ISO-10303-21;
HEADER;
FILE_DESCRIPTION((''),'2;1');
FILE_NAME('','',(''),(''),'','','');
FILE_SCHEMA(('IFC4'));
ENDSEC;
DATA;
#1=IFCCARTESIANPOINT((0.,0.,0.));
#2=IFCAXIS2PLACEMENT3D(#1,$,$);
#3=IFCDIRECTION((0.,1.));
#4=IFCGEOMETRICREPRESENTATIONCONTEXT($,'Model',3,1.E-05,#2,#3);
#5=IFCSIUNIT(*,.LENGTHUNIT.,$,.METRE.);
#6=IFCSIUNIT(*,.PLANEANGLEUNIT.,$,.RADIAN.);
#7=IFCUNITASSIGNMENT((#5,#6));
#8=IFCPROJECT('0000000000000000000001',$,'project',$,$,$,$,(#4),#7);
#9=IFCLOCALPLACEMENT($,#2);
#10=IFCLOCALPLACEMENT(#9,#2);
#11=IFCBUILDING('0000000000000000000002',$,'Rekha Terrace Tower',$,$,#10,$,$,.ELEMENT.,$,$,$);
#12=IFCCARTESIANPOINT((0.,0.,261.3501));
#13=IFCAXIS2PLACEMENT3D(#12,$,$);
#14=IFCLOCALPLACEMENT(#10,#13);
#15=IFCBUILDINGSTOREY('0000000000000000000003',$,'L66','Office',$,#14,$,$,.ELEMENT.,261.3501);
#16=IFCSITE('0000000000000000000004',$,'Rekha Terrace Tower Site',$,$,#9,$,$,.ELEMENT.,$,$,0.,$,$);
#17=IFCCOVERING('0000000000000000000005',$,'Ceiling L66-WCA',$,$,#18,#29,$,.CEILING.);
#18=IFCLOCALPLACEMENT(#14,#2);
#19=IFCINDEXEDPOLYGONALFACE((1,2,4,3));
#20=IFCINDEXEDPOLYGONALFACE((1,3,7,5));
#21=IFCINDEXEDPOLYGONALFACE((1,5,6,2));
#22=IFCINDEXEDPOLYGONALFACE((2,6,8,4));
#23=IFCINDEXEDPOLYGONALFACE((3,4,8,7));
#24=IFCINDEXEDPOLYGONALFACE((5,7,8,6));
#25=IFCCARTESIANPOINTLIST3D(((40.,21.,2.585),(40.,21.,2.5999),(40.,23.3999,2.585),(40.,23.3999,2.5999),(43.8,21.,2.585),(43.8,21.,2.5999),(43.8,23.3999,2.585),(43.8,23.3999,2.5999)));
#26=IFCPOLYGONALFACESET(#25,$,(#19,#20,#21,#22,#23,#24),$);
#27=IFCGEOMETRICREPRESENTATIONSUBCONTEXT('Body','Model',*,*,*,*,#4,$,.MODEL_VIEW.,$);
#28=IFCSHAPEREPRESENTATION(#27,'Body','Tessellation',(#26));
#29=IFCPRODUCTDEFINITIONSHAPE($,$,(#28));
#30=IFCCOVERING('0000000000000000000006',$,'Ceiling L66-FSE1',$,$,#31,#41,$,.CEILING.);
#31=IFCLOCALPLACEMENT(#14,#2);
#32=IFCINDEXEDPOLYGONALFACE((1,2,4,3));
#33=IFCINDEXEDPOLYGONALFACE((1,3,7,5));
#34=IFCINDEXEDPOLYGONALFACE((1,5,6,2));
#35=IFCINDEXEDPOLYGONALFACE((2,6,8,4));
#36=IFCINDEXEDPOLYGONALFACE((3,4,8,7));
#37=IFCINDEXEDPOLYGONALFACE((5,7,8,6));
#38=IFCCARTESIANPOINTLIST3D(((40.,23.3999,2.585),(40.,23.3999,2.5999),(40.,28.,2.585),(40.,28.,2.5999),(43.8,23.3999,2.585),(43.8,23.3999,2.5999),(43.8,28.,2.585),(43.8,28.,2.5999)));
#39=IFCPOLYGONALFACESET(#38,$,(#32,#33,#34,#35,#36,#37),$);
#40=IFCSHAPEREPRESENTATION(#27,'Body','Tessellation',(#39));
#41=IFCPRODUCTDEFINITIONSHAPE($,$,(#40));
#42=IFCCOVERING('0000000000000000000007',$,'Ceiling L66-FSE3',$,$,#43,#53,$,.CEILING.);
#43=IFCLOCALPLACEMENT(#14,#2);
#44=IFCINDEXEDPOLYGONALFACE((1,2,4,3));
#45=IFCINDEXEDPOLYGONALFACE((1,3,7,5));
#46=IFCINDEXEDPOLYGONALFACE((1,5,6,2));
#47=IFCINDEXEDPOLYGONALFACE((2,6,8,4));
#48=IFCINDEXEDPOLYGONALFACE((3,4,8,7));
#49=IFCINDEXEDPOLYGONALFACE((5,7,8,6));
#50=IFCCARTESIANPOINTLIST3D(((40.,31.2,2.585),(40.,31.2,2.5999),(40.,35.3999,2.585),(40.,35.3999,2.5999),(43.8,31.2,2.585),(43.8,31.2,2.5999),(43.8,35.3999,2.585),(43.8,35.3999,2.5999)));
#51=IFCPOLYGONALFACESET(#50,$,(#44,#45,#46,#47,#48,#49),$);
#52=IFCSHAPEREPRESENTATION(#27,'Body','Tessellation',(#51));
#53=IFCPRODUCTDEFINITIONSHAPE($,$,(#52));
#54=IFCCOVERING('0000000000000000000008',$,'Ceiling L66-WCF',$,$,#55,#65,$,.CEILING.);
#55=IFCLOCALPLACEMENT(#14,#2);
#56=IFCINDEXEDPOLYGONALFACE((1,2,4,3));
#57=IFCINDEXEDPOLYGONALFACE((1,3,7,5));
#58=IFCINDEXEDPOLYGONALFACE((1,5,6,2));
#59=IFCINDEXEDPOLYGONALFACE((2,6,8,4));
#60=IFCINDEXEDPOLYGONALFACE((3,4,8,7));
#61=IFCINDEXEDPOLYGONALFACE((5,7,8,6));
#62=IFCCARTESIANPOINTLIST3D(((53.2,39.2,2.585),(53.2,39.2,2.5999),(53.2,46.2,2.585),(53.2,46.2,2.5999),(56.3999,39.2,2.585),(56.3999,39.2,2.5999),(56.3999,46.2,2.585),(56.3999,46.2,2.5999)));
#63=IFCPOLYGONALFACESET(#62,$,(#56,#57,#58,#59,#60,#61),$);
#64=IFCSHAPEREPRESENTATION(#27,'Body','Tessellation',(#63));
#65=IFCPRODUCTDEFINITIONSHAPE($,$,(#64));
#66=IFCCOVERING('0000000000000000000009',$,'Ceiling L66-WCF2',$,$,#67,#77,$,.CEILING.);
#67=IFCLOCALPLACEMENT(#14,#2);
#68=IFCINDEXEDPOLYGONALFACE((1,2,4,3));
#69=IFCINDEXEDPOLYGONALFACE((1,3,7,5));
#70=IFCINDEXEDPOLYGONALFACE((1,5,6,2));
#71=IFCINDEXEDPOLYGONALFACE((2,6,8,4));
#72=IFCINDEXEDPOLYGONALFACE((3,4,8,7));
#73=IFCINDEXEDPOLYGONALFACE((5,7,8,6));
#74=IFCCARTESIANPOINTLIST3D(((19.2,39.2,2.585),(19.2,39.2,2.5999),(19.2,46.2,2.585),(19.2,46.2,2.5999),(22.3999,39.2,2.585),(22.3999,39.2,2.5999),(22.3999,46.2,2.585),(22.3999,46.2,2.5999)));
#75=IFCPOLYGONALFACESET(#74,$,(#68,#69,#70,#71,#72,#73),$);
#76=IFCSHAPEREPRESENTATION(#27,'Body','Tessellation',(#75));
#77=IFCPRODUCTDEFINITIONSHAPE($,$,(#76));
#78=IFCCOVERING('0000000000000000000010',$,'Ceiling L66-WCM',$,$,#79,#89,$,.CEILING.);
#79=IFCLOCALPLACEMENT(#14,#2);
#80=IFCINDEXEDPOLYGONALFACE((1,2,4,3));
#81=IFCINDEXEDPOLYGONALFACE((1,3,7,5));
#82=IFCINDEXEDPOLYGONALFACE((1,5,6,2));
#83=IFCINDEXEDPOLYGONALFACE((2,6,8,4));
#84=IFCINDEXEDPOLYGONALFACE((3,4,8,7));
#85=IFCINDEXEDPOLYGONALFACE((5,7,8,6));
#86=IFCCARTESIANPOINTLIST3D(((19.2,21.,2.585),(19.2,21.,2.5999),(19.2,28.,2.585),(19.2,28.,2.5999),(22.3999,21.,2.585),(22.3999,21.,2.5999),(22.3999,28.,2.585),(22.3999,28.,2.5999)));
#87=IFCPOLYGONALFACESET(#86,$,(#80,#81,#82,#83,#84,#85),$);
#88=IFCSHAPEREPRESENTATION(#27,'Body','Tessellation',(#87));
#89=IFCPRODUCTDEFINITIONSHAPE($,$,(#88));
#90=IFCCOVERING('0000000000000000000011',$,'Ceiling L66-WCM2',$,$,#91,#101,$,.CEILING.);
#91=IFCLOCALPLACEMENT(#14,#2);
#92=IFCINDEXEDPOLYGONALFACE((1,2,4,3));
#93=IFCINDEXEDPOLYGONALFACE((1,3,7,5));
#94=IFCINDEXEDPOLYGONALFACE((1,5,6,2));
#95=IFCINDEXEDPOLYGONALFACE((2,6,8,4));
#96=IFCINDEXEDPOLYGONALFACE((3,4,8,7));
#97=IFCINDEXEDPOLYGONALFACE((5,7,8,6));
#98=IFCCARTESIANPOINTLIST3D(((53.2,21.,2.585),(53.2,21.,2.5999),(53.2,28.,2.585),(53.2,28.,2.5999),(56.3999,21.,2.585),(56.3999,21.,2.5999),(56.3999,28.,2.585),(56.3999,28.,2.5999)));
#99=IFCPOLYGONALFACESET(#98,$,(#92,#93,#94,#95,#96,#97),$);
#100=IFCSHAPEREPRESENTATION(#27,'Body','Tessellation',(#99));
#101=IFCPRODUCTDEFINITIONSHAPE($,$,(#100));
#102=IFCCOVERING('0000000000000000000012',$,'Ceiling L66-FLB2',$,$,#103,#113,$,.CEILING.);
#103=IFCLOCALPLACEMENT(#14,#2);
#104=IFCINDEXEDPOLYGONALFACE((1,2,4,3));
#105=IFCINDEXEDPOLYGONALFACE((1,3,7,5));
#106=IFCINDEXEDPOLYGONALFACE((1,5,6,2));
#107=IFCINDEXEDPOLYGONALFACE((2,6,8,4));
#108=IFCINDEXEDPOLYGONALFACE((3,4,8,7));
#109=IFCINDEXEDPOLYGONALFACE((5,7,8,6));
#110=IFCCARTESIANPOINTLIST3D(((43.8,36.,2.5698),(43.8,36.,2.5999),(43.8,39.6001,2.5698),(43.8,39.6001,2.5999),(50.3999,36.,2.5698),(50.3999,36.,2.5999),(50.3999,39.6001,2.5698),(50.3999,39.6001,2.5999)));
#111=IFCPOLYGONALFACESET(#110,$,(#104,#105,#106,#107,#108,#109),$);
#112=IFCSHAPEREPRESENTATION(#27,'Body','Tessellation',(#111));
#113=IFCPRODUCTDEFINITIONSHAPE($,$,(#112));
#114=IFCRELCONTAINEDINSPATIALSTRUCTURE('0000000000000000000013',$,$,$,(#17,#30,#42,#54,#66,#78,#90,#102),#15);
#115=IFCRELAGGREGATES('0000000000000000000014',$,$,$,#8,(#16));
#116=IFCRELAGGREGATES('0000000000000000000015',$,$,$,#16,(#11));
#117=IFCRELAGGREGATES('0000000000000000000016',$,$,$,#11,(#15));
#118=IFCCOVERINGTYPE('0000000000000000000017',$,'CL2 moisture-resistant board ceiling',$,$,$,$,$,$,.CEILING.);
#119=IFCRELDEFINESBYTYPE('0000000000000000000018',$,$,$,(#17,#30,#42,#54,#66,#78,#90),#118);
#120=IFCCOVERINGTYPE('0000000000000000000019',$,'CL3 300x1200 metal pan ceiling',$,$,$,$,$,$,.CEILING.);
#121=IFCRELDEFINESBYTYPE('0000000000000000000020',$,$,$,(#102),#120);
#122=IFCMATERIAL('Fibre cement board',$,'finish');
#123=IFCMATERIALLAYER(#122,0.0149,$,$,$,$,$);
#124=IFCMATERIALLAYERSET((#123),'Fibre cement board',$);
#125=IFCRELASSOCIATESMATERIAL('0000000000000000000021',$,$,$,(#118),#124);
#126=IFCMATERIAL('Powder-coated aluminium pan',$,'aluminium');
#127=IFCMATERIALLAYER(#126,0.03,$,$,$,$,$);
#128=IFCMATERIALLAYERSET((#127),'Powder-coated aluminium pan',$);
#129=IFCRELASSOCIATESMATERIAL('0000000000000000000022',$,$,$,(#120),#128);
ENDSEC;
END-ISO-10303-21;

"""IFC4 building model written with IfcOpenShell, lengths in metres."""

from ifc_helpers import new_model, si_unit, direction, frame, origin, place, context, subcontext, project, spatial, polyline, outline, extrude, material, layer, layer_set, type_object, element, save


model = new_model("IFC4")

# Units and contexts
model_context = context("Model", 3, precision=1e-05, world=origin(), true_north=direction((0.0, 1.0)))
body_context = subcontext(model_context, "Body", "Model", "MODEL_VIEW")
ifc_project = project(units=[si_unit("LENGTHUNIT", "METRE"), si_unit("PLANEANGLEUNIT", "RADIAN")], contexts=[model_context])

# Site, building, storey
site_placement = place(None, origin())
site = spatial("IfcSite", under=ifc_project, at=site_placement, Name="Rekha Terrace Tower Site", CompositionType="ELEMENT", RefElevation=0.0)
building_placement = place(site_placement, origin())
building = spatial("IfcBuilding", under=site, at=building_placement, Name="Rekha Terrace Tower", CompositionType="ELEMENT")
storey_placement = place(building_placement, frame((0.0, 0.0, 261.3501)))
storey = spatial("IfcBuildingStorey", under=building, at=storey_placement, Name="L66", Description="Office", CompositionType="ELEMENT", Elevation=261.3501)

# Coverings
ifc_material_1 = material(Name="Fibre cement board", Category="finish")
ifc_layer_1 = layer(ifc_material_1, 0.0149)
ifc_layer_set_1 = layer_set([ifc_layer_1], Name="Fibre cement board")
covering_type_1 = type_object("IfcCoveringType", Name="CL2 moisture-resistant board ceiling", PredefinedType="CEILING", material=ifc_layer_set_1)
covering_1_placement = place(storey_placement, frame((0.0, 0.0, 2.585)))
element("IfcCovering", 1, at=covering_1_placement, inside=storey, type_object=covering_type_1, Name="Ceiling L66-WCA", PredefinedType="CEILING", context=body_context, shape_type="SweptSolid", body=[
    extrude(outline(polyline([(43.8, 23.3999), (40.0, 23.3999), (40.0, 21.0), (43.8, 21.0), (43.8, 23.3999)])), origin(), (0.0, 0.0, 1.0), 0.0149),
])
covering_2_placement = place(storey_placement, frame((0.0, 0.0, 2.585)))
element("IfcCovering", 2, at=covering_2_placement, inside=storey, type_object=covering_type_1, Name="Ceiling L66-FSE1", PredefinedType="CEILING", context=body_context, shape_type="SweptSolid", body=[
    extrude(outline(polyline([(43.8, 28.0), (40.0, 28.0), (40.0, 23.3999), (43.8, 23.3999), (43.8, 28.0)])), origin(), (0.0, 0.0, 1.0), 0.0149),
])
covering_3_placement = place(storey_placement, frame((0.0, 0.0, 2.585)))
element("IfcCovering", 3, at=covering_3_placement, inside=storey, type_object=covering_type_1, Name="Ceiling L66-FSE3", PredefinedType="CEILING", context=body_context, shape_type="SweptSolid", body=[
    extrude(outline(polyline([(43.8, 35.3999), (40.0, 35.3999), (40.0, 31.2), (43.8, 31.2), (43.8, 35.3999)])), origin(), (0.0, 0.0, 1.0), 0.0149),
])
covering_4_placement = place(storey_placement, frame((0.0, 0.0, 2.585)))
element("IfcCovering", 4, at=covering_4_placement, inside=storey, type_object=covering_type_1, Name="Ceiling L66-WCF", PredefinedType="CEILING", context=body_context, shape_type="SweptSolid", body=[
    extrude(outline(polyline([(56.3999, 46.2), (53.2, 46.2), (53.2, 39.2), (56.3999, 39.2), (56.3999, 46.2)])), origin(), (0.0, 0.0, 1.0), 0.0149),
])
covering_5_placement = place(storey_placement, frame((0.0, 0.0, 2.585)))
element("IfcCovering", 5, at=covering_5_placement, inside=storey, type_object=covering_type_1, Name="Ceiling L66-WCF2", PredefinedType="CEILING", context=body_context, shape_type="SweptSolid", body=[
    extrude(outline(polyline([(22.3999, 46.2), (19.2, 46.2), (19.2, 39.2), (22.3999, 39.2), (22.3999, 46.2)])), origin(), (0.0, 0.0, 1.0), 0.0149),
])
covering_6_placement = place(storey_placement, frame((0.0, 0.0, 2.585)))
element("IfcCovering", 6, at=covering_6_placement, inside=storey, type_object=covering_type_1, Name="Ceiling L66-WCM", PredefinedType="CEILING", context=body_context, shape_type="SweptSolid", body=[
    extrude(outline(polyline([(22.3999, 28.0), (19.2, 28.0), (19.2, 21.0), (22.3999, 21.0), (22.3999, 28.0)])), origin(), (0.0, 0.0, 1.0), 0.0149),
])
covering_7_placement = place(storey_placement, frame((0.0, 0.0, 2.585)))
element("IfcCovering", 7, at=covering_7_placement, inside=storey, type_object=covering_type_1, Name="Ceiling L66-WCM2", PredefinedType="CEILING", context=body_context, shape_type="SweptSolid", body=[
    extrude(outline(polyline([(56.3999, 28.0), (53.2, 28.0), (53.2, 21.0), (56.3999, 21.0), (56.3999, 28.0)])), origin(), (0.0, 0.0, 1.0), 0.0149),
])
ifc_material_2 = material(Name="Powder-coated aluminium pan", Category="aluminium")
ifc_layer_2 = layer(ifc_material_2, 0.03)
ifc_layer_set_2 = layer_set([ifc_layer_2], Name="Powder-coated aluminium pan")
covering_type_2 = type_object("IfcCoveringType", Name="CL3 300x1200 metal pan ceiling", PredefinedType="CEILING", material=ifc_layer_set_2)
covering_8_placement = place(storey_placement, frame((0.0, 0.0, 2.5698)))
element("IfcCovering", 8, at=covering_8_placement, inside=storey, type_object=covering_type_2, Name="Ceiling L66-FLB2", PredefinedType="CEILING", context=body_context, shape_type="SweptSolid", body=[
    extrude(outline(polyline([(50.3999, 39.6001), (43.8, 39.6001), (43.8, 36.0), (50.3999, 36.0), (50.3999, 39.6001)])), origin(), (0.0, 0.0, 1.0), 0.03),
])

save(model, "model.ifc")
